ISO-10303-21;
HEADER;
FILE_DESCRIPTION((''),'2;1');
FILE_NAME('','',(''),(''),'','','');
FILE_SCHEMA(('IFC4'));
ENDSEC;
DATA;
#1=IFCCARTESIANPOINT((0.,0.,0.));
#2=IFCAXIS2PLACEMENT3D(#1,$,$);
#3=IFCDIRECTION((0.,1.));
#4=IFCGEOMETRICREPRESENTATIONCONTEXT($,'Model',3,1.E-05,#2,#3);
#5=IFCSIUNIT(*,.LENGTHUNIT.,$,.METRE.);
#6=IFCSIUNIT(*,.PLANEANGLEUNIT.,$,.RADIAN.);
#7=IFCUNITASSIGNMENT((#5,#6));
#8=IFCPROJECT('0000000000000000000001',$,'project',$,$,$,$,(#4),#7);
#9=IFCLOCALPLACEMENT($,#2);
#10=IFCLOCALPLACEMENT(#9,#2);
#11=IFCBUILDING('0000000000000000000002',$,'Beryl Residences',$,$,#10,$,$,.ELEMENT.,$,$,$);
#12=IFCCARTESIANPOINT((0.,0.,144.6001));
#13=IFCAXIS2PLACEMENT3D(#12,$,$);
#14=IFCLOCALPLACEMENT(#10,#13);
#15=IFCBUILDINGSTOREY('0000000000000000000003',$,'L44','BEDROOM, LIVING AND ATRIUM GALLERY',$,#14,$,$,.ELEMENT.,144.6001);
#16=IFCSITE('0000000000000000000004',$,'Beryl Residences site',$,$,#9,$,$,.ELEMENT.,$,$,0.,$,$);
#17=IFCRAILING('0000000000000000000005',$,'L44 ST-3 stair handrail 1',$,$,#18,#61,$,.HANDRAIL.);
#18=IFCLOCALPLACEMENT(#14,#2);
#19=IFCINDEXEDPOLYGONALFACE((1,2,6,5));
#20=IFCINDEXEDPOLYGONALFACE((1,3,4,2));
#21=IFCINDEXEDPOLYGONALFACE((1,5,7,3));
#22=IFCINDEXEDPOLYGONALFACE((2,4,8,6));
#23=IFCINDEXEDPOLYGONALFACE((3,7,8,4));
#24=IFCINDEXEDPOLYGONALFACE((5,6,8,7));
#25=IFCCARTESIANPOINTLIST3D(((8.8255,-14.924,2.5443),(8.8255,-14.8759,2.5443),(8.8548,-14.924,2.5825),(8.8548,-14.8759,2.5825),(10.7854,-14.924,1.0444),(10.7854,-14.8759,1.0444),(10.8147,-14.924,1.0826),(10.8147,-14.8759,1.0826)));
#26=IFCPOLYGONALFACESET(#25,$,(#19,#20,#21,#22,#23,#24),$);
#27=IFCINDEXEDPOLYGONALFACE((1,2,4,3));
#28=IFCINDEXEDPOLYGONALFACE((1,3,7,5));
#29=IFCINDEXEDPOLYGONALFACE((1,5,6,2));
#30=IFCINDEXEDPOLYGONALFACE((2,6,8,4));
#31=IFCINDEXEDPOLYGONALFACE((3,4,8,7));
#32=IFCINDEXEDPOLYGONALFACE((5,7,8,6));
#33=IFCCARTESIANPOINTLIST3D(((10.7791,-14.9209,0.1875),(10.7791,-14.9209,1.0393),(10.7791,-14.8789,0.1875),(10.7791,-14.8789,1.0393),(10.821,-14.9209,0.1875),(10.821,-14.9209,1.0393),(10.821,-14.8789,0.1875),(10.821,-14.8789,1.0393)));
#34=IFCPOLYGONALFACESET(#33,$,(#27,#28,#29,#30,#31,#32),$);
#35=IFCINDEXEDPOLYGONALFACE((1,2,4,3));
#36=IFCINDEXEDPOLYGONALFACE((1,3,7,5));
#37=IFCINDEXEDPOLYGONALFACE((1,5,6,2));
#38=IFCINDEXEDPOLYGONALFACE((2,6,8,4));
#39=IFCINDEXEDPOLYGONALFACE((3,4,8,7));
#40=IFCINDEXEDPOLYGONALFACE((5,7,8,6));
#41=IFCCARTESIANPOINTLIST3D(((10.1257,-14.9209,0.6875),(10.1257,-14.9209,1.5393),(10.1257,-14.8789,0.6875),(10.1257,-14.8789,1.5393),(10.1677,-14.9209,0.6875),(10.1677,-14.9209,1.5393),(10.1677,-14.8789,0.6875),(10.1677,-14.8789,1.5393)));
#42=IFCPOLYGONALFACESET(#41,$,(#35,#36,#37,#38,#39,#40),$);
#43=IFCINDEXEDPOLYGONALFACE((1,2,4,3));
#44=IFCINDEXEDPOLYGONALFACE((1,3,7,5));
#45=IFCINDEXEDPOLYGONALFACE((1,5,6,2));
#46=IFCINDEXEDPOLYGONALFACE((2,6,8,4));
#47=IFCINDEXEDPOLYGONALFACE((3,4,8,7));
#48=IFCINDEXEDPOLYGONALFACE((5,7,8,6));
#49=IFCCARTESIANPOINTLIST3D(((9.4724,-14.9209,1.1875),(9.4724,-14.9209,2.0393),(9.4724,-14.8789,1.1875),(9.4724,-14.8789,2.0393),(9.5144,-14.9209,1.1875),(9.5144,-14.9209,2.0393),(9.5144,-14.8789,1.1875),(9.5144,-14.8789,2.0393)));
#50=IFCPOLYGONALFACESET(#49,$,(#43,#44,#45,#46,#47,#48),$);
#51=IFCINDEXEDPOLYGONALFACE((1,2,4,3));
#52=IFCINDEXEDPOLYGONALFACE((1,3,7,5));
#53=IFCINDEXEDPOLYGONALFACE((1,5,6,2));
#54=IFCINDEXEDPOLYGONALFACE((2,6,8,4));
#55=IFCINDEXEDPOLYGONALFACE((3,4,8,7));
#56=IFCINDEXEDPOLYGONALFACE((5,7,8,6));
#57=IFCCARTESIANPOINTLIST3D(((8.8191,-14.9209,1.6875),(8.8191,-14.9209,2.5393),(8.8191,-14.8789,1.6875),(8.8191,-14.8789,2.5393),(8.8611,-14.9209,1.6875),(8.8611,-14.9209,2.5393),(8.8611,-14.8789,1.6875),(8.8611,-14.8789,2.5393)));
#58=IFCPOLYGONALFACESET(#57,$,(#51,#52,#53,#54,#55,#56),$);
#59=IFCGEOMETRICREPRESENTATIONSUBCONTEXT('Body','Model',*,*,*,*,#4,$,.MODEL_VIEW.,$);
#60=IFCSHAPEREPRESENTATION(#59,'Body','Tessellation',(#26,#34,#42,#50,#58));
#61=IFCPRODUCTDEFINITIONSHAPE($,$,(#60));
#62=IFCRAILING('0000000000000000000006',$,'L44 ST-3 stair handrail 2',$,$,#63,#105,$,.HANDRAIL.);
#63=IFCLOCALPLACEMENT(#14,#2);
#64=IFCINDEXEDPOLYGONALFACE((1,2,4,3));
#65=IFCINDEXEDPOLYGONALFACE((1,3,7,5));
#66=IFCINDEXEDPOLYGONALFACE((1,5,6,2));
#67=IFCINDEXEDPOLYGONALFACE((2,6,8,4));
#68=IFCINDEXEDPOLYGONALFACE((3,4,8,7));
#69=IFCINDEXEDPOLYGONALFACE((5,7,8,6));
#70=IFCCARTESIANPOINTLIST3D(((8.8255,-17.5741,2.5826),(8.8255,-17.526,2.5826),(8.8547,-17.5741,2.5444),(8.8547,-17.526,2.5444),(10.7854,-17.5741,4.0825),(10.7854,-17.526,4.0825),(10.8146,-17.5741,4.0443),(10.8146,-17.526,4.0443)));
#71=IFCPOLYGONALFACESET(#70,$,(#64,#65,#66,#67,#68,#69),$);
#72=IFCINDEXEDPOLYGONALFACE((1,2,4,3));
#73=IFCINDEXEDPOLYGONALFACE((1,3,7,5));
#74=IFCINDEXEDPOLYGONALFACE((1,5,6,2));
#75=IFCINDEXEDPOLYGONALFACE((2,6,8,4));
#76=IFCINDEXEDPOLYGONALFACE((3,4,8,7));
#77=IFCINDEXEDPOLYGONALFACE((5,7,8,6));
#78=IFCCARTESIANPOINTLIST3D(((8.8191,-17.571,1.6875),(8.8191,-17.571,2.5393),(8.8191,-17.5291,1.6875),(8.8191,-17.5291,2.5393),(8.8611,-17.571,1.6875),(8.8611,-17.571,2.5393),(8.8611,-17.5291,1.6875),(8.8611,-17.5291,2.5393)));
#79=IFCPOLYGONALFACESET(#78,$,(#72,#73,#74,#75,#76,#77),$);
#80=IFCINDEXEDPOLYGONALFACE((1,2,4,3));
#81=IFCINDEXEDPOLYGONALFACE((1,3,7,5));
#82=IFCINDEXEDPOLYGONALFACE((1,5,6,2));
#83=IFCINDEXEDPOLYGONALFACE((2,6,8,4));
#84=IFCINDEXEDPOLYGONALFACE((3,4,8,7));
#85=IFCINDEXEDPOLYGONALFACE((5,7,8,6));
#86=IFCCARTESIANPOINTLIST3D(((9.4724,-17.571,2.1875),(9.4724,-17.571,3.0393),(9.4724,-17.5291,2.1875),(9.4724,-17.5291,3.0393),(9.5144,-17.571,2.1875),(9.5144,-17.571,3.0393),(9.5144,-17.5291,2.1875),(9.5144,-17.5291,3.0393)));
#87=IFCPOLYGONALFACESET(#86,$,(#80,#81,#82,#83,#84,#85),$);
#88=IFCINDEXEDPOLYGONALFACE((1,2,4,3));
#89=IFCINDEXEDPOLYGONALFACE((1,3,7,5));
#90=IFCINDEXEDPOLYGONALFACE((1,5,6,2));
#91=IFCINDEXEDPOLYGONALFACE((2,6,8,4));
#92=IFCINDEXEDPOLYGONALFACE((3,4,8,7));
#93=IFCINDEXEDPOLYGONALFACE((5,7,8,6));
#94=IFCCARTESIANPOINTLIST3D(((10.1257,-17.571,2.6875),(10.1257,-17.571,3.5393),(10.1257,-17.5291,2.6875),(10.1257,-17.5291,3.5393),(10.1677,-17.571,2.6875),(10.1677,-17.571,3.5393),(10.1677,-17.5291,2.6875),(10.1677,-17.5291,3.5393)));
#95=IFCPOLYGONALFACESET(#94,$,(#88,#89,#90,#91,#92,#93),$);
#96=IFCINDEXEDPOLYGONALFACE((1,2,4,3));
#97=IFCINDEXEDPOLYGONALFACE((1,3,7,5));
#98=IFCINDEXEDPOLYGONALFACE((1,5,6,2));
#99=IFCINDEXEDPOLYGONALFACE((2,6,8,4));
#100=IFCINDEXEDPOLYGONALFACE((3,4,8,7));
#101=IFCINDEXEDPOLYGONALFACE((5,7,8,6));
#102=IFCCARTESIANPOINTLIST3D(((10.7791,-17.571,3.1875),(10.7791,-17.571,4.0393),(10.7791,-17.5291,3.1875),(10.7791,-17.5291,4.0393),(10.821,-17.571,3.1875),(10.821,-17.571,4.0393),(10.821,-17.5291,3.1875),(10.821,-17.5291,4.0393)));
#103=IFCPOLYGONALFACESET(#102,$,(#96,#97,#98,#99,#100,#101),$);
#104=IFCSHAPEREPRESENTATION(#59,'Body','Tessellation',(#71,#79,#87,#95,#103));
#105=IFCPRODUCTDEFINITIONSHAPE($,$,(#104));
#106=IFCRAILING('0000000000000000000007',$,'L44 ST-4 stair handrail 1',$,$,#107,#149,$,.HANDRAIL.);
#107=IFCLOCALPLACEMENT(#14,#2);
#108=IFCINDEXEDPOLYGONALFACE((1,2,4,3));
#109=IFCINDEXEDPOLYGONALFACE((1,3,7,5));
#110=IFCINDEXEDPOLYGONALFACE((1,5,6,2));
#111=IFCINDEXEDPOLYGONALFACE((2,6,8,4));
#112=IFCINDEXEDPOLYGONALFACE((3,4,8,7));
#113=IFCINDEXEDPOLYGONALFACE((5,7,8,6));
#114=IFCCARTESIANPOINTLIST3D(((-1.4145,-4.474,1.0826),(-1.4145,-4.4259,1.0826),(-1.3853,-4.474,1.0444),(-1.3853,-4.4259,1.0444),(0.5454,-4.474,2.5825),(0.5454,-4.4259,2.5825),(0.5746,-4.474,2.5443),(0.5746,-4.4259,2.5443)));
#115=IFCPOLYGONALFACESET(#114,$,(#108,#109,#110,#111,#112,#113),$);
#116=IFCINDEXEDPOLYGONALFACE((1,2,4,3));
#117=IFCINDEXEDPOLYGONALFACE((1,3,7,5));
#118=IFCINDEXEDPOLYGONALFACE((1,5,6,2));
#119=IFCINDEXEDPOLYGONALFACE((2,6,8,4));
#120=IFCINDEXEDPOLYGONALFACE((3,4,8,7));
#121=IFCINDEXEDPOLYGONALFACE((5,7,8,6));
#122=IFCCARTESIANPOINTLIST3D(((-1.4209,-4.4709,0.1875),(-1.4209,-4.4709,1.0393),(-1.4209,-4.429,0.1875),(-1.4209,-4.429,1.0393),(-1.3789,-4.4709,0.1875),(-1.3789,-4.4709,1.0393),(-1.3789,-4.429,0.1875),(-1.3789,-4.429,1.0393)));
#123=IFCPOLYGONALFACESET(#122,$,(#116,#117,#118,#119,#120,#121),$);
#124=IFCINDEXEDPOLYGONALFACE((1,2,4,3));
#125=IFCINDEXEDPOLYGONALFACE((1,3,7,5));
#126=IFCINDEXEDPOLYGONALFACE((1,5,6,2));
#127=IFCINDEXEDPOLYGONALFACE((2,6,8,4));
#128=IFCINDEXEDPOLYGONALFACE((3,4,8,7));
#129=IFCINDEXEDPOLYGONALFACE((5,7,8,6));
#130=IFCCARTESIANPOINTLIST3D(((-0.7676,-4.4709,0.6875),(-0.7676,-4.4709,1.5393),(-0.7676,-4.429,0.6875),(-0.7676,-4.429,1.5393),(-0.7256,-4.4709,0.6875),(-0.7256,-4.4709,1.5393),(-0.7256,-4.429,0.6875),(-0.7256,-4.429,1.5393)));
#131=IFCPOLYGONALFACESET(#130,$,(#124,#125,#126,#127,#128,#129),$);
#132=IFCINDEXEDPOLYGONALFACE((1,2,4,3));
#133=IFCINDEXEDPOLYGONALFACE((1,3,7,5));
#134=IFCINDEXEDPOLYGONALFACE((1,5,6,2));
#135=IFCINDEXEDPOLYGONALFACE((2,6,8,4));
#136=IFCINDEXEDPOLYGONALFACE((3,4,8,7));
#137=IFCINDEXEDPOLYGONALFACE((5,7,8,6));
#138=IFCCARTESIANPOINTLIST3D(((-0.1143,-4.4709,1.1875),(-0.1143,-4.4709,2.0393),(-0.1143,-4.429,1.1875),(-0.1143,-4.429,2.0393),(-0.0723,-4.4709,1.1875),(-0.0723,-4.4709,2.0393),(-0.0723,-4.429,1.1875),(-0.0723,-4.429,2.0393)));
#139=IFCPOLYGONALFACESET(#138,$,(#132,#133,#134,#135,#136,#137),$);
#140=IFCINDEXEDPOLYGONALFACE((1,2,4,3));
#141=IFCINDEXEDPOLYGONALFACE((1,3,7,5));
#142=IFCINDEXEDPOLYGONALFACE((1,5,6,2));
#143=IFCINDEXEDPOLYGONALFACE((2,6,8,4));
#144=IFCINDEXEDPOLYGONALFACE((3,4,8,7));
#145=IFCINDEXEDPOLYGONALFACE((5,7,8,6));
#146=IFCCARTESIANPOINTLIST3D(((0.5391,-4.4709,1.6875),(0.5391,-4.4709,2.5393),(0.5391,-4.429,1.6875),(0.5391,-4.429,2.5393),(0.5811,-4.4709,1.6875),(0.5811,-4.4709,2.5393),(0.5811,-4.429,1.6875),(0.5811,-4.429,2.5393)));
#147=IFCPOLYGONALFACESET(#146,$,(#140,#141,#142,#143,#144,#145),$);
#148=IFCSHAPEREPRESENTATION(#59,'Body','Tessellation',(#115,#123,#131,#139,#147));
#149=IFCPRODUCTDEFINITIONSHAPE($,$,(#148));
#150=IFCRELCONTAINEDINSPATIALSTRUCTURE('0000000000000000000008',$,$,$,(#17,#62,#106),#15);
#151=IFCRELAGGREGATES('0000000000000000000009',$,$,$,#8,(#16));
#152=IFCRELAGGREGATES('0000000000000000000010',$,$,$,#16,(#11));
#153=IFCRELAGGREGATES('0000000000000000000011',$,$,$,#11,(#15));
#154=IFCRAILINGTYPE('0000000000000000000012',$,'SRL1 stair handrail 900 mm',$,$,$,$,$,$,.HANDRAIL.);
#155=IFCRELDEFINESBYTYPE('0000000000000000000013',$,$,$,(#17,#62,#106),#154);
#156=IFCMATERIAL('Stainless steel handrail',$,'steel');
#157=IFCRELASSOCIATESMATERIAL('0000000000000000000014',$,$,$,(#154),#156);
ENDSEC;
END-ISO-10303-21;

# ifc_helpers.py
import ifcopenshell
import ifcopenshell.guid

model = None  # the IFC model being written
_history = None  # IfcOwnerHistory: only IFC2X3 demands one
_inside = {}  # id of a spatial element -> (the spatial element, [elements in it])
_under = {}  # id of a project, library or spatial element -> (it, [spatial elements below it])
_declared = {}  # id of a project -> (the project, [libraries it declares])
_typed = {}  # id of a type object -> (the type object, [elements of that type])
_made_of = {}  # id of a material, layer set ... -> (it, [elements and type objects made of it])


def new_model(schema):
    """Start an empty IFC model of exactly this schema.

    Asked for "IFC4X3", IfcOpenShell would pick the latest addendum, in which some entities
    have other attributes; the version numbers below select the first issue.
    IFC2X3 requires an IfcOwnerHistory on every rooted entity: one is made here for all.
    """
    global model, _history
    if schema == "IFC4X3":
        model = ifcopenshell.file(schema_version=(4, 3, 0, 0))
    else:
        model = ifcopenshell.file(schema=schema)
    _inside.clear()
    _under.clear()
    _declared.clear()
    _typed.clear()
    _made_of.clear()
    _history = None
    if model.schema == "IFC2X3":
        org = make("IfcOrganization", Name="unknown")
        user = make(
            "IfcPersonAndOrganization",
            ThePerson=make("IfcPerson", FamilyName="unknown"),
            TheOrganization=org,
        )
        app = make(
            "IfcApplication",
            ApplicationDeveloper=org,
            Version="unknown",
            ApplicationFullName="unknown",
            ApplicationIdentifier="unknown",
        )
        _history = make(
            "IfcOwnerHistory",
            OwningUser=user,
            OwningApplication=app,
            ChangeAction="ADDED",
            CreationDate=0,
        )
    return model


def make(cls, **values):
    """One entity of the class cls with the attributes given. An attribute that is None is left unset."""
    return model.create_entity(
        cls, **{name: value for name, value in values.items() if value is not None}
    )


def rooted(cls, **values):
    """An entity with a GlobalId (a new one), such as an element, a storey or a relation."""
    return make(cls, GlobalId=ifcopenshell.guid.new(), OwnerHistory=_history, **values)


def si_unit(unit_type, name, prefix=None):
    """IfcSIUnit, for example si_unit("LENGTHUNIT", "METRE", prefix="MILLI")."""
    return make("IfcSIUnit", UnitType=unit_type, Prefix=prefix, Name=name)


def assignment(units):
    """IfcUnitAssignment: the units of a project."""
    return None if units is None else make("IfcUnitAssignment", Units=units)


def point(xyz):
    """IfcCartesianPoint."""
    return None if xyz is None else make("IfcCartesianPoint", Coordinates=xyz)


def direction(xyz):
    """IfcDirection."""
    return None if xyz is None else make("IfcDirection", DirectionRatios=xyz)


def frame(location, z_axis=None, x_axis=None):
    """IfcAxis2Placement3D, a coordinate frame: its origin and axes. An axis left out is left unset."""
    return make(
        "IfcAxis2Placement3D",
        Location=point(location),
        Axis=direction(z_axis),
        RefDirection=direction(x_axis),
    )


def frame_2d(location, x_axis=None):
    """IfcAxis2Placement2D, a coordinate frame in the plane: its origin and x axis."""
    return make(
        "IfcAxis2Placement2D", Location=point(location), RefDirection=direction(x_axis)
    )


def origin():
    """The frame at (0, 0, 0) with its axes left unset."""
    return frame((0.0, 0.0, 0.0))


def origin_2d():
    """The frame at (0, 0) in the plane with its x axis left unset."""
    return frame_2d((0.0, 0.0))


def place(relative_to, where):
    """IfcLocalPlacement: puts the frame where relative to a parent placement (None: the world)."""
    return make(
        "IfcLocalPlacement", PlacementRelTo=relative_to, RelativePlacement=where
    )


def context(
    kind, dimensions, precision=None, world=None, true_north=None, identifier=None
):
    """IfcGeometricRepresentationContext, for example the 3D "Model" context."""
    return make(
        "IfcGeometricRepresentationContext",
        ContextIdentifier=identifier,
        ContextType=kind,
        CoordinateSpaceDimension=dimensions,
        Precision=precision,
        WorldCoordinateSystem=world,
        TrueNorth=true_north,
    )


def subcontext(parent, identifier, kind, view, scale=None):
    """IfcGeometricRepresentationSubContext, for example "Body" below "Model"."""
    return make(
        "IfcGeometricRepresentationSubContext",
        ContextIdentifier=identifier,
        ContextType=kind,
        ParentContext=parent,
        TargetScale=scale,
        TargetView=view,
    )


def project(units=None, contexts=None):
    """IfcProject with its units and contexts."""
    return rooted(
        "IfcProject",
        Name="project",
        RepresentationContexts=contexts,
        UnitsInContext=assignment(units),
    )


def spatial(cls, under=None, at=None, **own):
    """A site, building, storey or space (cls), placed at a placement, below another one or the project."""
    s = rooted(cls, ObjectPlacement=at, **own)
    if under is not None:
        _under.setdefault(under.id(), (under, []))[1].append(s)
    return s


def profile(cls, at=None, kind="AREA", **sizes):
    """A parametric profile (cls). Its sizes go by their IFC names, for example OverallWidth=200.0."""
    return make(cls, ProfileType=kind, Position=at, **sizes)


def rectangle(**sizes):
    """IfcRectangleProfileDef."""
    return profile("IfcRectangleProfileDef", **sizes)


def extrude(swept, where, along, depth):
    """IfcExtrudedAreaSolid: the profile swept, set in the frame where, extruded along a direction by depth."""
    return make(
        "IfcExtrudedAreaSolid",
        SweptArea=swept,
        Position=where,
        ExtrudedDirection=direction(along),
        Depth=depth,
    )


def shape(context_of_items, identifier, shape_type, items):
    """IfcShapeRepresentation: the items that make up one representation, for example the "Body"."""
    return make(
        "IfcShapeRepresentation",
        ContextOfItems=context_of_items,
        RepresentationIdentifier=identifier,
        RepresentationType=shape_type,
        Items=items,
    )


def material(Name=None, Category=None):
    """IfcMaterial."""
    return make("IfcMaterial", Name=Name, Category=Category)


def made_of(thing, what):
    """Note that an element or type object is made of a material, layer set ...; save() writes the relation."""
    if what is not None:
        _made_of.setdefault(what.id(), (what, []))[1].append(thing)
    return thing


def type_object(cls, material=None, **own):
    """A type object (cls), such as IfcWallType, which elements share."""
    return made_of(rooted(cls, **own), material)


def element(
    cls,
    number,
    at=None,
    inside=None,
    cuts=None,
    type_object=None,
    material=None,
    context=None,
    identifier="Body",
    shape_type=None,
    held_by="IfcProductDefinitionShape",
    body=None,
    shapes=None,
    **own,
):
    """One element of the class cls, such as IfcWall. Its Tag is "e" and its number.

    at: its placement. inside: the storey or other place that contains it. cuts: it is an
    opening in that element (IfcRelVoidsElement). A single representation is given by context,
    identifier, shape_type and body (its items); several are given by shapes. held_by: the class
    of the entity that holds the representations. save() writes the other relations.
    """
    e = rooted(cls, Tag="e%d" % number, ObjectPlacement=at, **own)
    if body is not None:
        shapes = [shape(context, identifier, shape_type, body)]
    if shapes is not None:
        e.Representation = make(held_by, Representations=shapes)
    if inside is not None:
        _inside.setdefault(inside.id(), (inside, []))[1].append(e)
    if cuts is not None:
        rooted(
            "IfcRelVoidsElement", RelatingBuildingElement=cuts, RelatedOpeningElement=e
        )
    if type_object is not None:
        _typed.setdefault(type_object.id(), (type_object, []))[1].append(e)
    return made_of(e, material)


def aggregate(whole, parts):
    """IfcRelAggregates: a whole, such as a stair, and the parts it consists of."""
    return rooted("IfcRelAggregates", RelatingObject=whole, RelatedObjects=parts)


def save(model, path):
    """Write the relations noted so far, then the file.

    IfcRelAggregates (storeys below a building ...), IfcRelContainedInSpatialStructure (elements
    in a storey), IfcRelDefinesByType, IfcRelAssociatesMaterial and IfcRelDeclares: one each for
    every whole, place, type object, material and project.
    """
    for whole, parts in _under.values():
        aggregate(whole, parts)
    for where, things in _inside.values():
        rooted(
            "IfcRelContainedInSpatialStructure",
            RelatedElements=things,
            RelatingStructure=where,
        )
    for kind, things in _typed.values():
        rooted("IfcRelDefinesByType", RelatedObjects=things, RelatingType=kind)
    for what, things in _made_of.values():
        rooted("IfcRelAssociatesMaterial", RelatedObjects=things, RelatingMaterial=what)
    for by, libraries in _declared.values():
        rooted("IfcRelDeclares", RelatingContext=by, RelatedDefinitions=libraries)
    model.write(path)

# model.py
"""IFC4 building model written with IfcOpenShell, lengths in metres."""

from ifc_helpers import new_model, si_unit, direction, frame, origin, origin_2d, place, context, subcontext, project, spatial, rectangle, extrude, material, type_object, element, save


model = new_model("IFC4")

# Units and contexts
model_context = context("Model", 3, precision=1e-05, world=origin(), true_north=direction((0.0, 1.0)))
body_context = subcontext(model_context, "Body", "Model", "MODEL_VIEW")
ifc_project = project(units=[si_unit("LENGTHUNIT", "METRE"), si_unit("PLANEANGLEUNIT", "RADIAN")], contexts=[model_context])

# Site, building, storey
site_placement = place(None, origin())
site = spatial("IfcSite", under=ifc_project, at=site_placement, Name="Beryl Residences site", CompositionType="ELEMENT", RefElevation=0.0)
building_placement = place(site_placement, origin())
building = spatial("IfcBuilding", under=site, at=building_placement, Name="Beryl Residences", CompositionType="ELEMENT")
storey_placement = place(building_placement, frame((0.0, 0.0, 144.6001)))
storey = spatial("IfcBuildingStorey", under=building, at=storey_placement, Name="L44", Description="BEDROOM, LIVING AND ATRIUM GALLERY", CompositionType="ELEMENT", Elevation=144.6001)

# Railings
ifc_material_1 = material(Name="Stainless steel handrail", Category="steel")
railing_type_1 = type_object("IfcRailingType", Name="SRL1 stair handrail 900 mm", PredefinedType="HANDRAIL", material=ifc_material_1)
railing_1_placement = place(storey_placement, frame((10.8, -14.8999, 0.1875)))
element("IfcRailing", 1, at=railing_1_placement, inside=storey, type_object=railing_type_1, Name="L44 ST-3 stair handrail 1", PredefinedType="HANDRAIL", context=body_context, shape_type="SweptSolid", body=[
    extrude(rectangle(XDim=0.0481, YDim=0.0481, at=origin_2d()), frame((0.0, 0.0, 0.876), z_axis=(-0.794122, 0.0, 0.607758), x_axis=(0.0, -1.0, 0.0)), (0.0, 0.0, 1.0), 2.468),
    extrude(rectangle(XDim=0.042, YDim=0.042, at=origin_2d()), origin(), (0.0, 0.0, 1.0), 0.8518),
    extrude(rectangle(XDim=0.042, YDim=0.042, at=origin_2d()), frame((-0.6533, 0.0, 0.5)), (0.0, 0.0, 1.0), 0.8518),
    extrude(rectangle(XDim=0.042, YDim=0.042, at=origin_2d()), frame((-1.3066, 0.0, 1.0)), (0.0, 0.0, 1.0), 0.8518),
    extrude(rectangle(XDim=0.042, YDim=0.042, at=origin_2d()), frame((-1.96, 0.0, 1.5)), (0.0, 0.0, 1.0), 0.8518),
])
for number, where, name in (
    (2, (8.8401, -17.55, 1.6875), "L44 ST-3 stair handrail 2"),
    (3, (-1.3999, -4.45, 0.1875), "L44 ST-4 stair handrail 1"),
):
    element("IfcRailing", number, at=place(storey_placement, frame(where)), inside=storey, type_object=railing_type_1, Name=name, PredefinedType="HANDRAIL", context=body_context, shape_type="SweptSolid", body=[
        extrude(rectangle(XDim=0.0481, YDim=0.0481, at=origin_2d()), frame((0.0, 0.0, 0.876), z_axis=(0.794122, 0.0, 0.607758), x_axis=(0.0, 1.0, 0.0)), (0.0, 0.0, 1.0), 2.468),
        extrude(rectangle(XDim=0.042, YDim=0.042, at=origin_2d()), origin(), (0.0, 0.0, 1.0), 0.8518),
        extrude(rectangle(XDim=0.042, YDim=0.042, at=origin_2d()), frame((0.6533, 0.0, 0.5)), (0.0, 0.0, 1.0), 0.8518),
        extrude(rectangle(XDim=0.042, YDim=0.042, at=origin_2d()), frame((1.3066, 0.0, 1.0)), (0.0, 0.0, 1.0), 0.8518),
        extrude(rectangle(XDim=0.042, YDim=0.042, at=origin_2d()), frame((1.96, 0.0, 1.5)), (0.0, 0.0, 1.0), 0.8518),
    ])

save(model, "model.ifc")
